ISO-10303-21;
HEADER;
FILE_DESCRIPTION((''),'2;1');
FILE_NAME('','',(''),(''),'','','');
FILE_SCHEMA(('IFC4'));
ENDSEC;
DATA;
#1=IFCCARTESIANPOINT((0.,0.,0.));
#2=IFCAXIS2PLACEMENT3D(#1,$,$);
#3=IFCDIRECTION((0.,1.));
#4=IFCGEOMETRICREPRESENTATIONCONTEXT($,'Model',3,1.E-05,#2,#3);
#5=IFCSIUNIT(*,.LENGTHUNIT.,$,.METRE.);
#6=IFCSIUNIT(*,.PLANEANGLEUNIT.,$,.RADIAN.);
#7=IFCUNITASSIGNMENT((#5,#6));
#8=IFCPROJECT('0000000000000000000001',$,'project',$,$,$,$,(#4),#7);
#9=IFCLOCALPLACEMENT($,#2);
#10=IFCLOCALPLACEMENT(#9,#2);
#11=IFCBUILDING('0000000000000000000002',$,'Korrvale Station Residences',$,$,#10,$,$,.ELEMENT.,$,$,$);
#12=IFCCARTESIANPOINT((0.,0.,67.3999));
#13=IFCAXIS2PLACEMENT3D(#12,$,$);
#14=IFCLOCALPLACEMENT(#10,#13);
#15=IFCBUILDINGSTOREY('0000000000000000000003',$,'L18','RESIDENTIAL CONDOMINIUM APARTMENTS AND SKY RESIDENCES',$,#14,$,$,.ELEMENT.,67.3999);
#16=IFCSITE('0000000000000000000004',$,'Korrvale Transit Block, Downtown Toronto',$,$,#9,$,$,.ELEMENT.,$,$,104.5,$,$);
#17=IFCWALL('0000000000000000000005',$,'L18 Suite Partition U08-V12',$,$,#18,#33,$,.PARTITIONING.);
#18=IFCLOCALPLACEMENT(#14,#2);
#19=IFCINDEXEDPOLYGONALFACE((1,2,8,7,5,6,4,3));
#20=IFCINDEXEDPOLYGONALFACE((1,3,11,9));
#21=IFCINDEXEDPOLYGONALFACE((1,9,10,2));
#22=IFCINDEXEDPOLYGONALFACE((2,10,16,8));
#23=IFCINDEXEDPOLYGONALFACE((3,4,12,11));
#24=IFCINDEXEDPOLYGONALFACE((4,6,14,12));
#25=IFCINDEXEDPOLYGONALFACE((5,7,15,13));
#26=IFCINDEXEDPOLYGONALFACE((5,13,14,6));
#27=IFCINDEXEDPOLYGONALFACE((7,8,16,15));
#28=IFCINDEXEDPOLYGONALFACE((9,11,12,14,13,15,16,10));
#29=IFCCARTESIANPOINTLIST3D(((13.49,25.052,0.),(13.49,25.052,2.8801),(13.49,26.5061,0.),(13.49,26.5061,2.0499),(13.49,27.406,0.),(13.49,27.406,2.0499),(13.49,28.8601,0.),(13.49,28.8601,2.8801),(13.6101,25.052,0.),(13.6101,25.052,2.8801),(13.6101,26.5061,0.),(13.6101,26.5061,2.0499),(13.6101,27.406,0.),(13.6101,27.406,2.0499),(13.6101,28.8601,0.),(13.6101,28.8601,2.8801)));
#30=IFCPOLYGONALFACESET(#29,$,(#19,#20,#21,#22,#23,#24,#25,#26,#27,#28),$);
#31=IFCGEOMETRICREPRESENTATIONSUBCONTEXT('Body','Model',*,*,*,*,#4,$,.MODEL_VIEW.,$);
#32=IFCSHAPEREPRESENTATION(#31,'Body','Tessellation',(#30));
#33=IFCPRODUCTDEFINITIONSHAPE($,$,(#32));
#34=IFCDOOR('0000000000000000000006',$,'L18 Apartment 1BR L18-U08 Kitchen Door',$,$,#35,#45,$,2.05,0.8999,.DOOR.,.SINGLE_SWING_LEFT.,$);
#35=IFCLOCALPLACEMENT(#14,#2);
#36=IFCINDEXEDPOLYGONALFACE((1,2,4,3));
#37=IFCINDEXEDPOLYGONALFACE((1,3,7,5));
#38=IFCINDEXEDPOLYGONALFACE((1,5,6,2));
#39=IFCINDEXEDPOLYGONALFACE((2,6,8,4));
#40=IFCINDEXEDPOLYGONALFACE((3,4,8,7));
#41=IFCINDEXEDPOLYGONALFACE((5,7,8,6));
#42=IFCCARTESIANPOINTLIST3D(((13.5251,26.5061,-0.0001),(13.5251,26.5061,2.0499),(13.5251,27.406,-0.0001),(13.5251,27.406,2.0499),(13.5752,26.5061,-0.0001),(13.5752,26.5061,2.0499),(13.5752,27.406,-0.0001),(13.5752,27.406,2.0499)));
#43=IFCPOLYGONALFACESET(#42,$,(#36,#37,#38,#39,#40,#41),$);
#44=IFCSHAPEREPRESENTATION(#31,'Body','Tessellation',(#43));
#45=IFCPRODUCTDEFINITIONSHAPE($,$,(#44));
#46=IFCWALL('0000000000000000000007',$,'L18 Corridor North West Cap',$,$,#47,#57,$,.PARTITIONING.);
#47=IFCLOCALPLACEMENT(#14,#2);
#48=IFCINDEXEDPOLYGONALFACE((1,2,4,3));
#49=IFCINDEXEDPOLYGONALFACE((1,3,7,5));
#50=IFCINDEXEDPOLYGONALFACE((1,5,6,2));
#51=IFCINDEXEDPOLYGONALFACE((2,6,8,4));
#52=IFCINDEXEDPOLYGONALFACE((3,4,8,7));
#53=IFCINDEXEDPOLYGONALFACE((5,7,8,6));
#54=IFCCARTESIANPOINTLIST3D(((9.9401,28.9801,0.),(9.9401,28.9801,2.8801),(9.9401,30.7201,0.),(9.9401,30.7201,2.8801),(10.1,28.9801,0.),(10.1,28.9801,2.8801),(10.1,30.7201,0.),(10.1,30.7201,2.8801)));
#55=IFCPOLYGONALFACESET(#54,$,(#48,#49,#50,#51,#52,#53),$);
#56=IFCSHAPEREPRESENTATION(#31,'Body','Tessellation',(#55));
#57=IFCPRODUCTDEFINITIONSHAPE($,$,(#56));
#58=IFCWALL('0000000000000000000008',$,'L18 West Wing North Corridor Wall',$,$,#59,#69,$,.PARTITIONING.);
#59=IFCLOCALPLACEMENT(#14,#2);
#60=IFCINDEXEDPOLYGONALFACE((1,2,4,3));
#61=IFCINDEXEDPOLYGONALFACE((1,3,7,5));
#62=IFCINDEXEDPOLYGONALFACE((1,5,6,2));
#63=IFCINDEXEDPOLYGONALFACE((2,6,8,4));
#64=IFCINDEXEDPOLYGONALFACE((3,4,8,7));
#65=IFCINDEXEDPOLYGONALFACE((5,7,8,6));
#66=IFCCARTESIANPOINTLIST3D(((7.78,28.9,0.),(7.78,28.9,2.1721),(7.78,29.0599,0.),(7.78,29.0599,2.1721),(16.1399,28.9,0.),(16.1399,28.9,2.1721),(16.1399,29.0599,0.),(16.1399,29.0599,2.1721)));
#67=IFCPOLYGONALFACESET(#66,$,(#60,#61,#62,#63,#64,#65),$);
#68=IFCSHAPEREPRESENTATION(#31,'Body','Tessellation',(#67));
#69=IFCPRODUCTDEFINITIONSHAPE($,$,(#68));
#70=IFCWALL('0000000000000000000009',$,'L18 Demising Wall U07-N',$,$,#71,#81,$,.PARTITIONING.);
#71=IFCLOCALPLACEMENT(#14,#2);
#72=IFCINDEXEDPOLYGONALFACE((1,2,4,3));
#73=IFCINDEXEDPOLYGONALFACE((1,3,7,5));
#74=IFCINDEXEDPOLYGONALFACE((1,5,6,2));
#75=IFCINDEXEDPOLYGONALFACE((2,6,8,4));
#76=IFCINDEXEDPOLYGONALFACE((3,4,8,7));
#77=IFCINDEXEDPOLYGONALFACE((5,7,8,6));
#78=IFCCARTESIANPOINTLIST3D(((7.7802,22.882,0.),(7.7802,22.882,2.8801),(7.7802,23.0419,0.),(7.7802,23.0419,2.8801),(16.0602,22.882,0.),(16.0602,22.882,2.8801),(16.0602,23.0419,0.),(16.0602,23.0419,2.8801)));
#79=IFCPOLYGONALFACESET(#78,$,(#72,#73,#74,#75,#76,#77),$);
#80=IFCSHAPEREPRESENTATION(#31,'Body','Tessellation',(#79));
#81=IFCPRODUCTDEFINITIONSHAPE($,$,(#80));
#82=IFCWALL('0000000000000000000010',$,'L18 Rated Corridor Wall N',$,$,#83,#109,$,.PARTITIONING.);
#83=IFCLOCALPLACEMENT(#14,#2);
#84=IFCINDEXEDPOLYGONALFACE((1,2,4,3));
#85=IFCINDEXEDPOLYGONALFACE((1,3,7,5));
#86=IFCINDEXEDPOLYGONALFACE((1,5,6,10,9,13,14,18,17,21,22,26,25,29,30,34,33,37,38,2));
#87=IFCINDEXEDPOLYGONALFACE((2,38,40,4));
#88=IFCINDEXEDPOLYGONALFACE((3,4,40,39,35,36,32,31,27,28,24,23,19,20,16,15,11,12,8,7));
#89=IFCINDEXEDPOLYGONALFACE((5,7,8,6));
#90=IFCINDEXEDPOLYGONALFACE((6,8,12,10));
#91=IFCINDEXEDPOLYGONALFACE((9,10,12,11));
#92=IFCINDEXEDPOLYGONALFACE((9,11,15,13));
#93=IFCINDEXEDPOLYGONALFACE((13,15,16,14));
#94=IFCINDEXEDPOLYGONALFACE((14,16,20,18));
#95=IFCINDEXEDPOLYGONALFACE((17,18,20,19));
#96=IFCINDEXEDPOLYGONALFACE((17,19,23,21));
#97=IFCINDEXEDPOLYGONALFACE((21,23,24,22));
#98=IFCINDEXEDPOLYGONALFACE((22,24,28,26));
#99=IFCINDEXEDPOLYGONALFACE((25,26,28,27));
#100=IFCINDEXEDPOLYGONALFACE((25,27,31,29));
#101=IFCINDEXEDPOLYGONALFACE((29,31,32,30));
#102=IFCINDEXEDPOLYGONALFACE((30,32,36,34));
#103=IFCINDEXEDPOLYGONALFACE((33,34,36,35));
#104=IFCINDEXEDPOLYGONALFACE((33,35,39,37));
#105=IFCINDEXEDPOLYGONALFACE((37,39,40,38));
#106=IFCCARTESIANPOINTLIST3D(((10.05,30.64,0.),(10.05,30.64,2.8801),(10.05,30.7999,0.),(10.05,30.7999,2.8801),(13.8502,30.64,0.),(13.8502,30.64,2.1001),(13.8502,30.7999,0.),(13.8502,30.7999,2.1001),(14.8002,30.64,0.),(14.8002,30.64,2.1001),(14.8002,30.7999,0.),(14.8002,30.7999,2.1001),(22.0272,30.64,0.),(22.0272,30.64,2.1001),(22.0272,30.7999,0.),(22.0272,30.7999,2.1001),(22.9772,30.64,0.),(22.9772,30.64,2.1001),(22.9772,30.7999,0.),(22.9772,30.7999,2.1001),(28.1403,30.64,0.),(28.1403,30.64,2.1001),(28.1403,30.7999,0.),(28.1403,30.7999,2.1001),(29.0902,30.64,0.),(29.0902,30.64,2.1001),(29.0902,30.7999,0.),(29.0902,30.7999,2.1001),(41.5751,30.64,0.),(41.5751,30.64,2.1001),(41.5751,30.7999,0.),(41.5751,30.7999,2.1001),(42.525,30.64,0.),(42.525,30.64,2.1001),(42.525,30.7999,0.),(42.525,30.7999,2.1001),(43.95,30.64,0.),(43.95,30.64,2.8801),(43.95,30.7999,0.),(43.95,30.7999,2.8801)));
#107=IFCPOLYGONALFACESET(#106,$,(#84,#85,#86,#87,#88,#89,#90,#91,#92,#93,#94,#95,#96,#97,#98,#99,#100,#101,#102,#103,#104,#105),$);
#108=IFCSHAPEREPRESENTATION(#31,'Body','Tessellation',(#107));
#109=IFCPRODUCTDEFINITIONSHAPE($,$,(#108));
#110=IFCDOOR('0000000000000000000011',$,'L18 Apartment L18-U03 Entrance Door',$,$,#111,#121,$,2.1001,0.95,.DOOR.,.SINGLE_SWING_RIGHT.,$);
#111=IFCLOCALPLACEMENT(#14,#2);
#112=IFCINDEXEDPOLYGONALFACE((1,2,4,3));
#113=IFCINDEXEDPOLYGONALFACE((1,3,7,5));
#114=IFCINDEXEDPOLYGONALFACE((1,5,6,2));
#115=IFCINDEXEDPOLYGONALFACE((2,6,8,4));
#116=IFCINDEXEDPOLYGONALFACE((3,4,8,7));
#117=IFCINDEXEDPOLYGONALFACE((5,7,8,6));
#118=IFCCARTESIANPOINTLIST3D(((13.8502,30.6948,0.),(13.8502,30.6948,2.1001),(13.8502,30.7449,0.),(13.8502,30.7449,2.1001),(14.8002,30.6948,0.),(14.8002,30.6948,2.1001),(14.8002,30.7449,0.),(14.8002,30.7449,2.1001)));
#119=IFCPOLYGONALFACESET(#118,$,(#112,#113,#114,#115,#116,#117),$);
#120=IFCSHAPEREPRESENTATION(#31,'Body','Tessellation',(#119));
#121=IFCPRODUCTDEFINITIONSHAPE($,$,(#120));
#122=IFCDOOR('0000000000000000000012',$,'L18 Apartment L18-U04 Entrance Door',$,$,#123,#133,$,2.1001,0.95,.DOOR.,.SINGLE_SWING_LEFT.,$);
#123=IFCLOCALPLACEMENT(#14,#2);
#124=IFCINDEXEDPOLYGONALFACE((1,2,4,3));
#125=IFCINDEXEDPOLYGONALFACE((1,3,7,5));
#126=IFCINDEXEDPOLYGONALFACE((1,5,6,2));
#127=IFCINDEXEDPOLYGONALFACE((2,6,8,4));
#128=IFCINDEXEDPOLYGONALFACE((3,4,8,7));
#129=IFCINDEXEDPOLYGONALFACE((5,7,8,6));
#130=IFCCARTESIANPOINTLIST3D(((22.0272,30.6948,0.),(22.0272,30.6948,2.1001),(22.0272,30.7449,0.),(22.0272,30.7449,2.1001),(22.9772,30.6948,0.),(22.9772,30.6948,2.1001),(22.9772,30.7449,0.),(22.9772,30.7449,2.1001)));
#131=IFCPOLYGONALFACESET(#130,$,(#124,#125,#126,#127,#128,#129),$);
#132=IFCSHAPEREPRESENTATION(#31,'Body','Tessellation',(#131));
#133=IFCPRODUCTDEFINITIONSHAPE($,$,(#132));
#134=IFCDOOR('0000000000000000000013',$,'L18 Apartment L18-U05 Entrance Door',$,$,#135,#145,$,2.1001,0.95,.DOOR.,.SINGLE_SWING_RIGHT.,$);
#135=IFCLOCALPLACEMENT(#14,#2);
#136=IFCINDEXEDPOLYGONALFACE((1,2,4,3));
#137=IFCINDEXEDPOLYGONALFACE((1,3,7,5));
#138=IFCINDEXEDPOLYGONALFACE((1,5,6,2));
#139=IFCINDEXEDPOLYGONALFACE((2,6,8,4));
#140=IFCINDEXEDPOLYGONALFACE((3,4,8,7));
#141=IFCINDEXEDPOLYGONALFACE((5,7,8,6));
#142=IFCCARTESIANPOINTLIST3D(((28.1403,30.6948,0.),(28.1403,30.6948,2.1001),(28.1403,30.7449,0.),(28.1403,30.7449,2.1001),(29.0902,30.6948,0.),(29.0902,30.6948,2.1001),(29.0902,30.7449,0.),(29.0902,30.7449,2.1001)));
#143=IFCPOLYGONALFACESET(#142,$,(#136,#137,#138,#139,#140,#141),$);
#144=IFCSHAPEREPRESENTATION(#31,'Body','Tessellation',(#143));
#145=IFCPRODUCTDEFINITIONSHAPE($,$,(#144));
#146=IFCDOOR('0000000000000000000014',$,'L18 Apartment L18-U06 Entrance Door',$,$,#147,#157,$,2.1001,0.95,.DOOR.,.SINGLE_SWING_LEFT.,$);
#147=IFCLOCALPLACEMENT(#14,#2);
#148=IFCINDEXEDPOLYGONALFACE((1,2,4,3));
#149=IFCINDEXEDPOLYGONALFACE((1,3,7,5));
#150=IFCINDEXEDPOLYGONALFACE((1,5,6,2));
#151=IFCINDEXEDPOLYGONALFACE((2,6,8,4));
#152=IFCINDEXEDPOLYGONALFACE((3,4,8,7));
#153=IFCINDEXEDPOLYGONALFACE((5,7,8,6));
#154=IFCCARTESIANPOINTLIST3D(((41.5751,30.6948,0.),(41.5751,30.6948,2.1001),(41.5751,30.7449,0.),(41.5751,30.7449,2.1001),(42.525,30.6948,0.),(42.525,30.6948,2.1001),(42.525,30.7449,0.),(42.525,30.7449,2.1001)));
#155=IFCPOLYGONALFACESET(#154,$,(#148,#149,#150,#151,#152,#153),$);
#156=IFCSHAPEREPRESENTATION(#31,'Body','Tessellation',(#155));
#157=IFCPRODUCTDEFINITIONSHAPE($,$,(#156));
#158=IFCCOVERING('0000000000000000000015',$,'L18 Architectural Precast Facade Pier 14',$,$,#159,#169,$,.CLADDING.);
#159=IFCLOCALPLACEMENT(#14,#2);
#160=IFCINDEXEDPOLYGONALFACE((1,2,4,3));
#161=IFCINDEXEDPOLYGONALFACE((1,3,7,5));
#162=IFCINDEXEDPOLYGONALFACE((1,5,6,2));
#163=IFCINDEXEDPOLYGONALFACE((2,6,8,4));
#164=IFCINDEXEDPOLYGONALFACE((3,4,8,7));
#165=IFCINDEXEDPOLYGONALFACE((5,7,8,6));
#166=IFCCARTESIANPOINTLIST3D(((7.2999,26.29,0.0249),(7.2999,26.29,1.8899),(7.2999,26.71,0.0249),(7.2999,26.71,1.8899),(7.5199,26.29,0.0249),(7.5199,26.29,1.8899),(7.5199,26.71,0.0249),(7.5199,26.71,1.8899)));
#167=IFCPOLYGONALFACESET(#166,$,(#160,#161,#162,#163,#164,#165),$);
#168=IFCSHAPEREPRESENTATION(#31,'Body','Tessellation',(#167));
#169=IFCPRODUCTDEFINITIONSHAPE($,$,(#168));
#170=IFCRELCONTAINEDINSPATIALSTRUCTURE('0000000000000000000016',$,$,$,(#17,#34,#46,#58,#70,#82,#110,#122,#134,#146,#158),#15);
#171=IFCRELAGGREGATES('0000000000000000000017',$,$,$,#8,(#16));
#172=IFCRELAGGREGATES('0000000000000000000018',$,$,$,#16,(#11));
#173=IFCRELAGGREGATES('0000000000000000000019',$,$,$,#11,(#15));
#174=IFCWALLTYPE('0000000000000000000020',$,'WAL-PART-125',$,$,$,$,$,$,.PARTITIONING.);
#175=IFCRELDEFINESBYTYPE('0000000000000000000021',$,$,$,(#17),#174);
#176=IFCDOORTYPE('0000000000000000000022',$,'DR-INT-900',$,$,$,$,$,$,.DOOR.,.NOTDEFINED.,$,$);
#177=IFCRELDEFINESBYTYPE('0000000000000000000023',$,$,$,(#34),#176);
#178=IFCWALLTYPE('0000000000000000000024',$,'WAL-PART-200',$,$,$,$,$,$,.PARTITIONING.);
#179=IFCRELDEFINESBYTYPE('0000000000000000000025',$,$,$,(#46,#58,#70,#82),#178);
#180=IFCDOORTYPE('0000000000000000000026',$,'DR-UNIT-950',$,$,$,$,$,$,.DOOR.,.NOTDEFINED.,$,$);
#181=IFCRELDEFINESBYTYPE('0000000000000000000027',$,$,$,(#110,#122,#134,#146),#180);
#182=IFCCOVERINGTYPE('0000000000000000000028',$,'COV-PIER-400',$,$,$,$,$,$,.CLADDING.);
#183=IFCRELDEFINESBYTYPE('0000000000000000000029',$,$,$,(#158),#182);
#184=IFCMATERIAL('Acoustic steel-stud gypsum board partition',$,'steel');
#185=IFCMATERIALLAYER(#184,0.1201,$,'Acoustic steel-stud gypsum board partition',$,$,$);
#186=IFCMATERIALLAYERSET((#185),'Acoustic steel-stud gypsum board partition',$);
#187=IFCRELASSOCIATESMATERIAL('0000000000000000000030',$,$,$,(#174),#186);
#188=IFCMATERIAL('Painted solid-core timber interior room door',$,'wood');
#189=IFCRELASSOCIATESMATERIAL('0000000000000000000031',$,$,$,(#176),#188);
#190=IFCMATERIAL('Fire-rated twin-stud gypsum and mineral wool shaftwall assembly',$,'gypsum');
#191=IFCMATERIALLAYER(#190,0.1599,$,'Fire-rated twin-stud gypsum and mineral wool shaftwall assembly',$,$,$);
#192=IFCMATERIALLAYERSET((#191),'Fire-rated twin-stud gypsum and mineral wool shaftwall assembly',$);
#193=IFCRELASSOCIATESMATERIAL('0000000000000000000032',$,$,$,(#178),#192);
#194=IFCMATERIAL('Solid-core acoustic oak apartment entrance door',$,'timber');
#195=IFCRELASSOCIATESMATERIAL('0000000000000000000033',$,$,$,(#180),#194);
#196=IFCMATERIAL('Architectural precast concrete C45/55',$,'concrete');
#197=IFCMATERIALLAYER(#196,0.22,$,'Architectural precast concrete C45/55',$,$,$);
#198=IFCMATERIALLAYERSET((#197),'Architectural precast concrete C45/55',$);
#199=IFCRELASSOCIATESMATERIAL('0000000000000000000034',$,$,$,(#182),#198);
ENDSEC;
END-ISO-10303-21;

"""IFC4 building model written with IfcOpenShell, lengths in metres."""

from ifc_helpers import new_model, si_unit, direction, frame, frame_2d, origin, origin_2d, place, context, subcontext, project, spatial, rectangle, extrude, material, layer, layer_set, type_object, element, fill, save


model = new_model("IFC4")

# Units and contexts
model_context = context("Model", 3, precision=1e-05, world=origin(), true_north=direction((0.0, 1.0)))
body_context = subcontext(model_context, "Body", "Model", "MODEL_VIEW")
ifc_project = project(units=[si_unit("LENGTHUNIT", "METRE"), si_unit("PLANEANGLEUNIT", "RADIAN")], contexts=[model_context])

# Site, building, storey
site_placement = place(None, origin())
site = spatial("IfcSite", under=ifc_project, at=site_placement, Name="Korrvale Transit Block, Downtown Toronto", CompositionType="ELEMENT", RefElevation=104.5)
building_placement = place(site_placement, origin())
building = spatial("IfcBuilding", under=site, at=building_placement, Name="Korrvale Station Residences", CompositionType="ELEMENT")
storey_placement = place(building_placement, frame((0.0, 0.0, 67.3999)))
storey = spatial("IfcBuildingStorey", under=building, at=storey_placement, Name="L18", Description="RESIDENTIAL CONDOMINIUM APARTMENTS AND SKY RESIDENCES", CompositionType="ELEMENT", Elevation=67.3999)

# Shared definitions
ifc_material_1 = material(Name="Acoustic steel-stud gypsum board partition", Category="steel")
ifc_layer_1 = layer(ifc_material_1, 0.1201, Name="Acoustic steel-stud gypsum board partition")
ifc_layer_set_1 = layer_set([ifc_layer_1], Name="Acoustic steel-stud gypsum board partition")
wall_type_1 = type_object("IfcWallType", Name="WAL-PART-125", PredefinedType="PARTITIONING", material=ifc_layer_set_1)
ifc_material_2 = material(Name="Painted solid-core timber interior room door", Category="wood")
door_type_1 = type_object("IfcDoorType", Name="DR-INT-900", OperationType="NOTDEFINED", PredefinedType="DOOR", material=ifc_material_2)

# Wall, opening, door
wall_1_placement = place(storey_placement, frame((13.55, 25.052, 0.0), z_axis=(0.0, 0.0, 1.0), x_axis=(0.0, 1.0, 0.0)))
wall_1 = element("IfcWall", 1, at=wall_1_placement, inside=storey, type_object=wall_type_1, Name="L18 Suite Partition U08-V12", PredefinedType="PARTITIONING", context=body_context, shape_type="SweptSolid", body=[
    extrude(rectangle(XDim=3.8081, YDim=0.1201, at=frame_2d((1.9041, 0.0))), origin(), (0.0, 0.0, 1.0), 2.8801),
])
opening_1_placement = place(wall_1_placement, frame((1.4541, 0.0, 0.0)))
opening_1 = element("IfcOpeningElement", 2, at=opening_1_placement, cuts=wall_1, PredefinedType="OPENING", context=body_context, shape_type="SweptSolid", body=[
    extrude(rectangle(XDim=0.8999, YDim=2.05, at=frame_2d((0.45, 1.0249))), frame((0.0, 0.0701, 0.0), z_axis=(0.0, -1.0, 0.0), x_axis=(1.0, 0.0, 0.0)), (0.0, 0.0, 1.0), 0.1401),
])
door_1_placement = place(opening_1_placement, origin())
door_1 = element("IfcDoor", 3, at=door_1_placement, inside=storey, type_object=door_type_1, Name="L18 Apartment 1BR L18-U08 Kitchen Door", OperationType="SINGLE_SWING_LEFT", OverallHeight=2.05, OverallWidth=0.8999, PredefinedType="DOOR", context=body_context, shape_type="SweptSolid", body=[
    extrude(rectangle(XDim=0.8999, YDim=2.05, at=frame_2d((0.45, 1.0249))), frame((0.0, 0.0249, 0.0), z_axis=(0.0, -1.0, 0.0), x_axis=(1.0, 0.0, 0.0)), (0.0, 0.0, 1.0), 0.05),
])
fill(opening_1, door_1)

# Walls
ifc_material_3 = material(Name="Fire-rated twin-stud gypsum and mineral wool shaftwall assembly", Category="gypsum")
ifc_layer_2 = layer(ifc_material_3, 0.1599, Name="Fire-rated twin-stud gypsum and mineral wool shaftwall assembly")
ifc_layer_set_2 = layer_set([ifc_layer_2], Name="Fire-rated twin-stud gypsum and mineral wool shaftwall assembly")
wall_type_2 = type_object("IfcWallType", Name="WAL-PART-200", PredefinedType="PARTITIONING", material=ifc_layer_set_2)
wall_2_placement = place(storey_placement, frame((10.02, 28.98, 0.0), z_axis=(0.0, 0.0, 1.0), x_axis=(0.0, 1.0, 0.0)))
element("IfcWall", 4, at=wall_2_placement, inside=storey, type_object=wall_type_2, Name="L18 Corridor North West Cap", PredefinedType="PARTITIONING", context=body_context, shape_type="SweptSolid", body=[
    extrude(rectangle(XDim=1.74, YDim=0.1599, at=frame_2d((0.8701, 0.0))), origin(), (0.0, 0.0, 1.0), 2.8801),
])
wall_3_placement = place(storey_placement, frame((7.78, 28.98, 0.0), z_axis=(0.0, 0.0, 1.0), x_axis=(1.0, 0.0, 0.0)))
element("IfcWall", 5, at=wall_3_placement, inside=storey, type_object=wall_type_2, Name="L18 West Wing North Corridor Wall", PredefinedType="PARTITIONING", context=body_context, shape_type="SweptSolid", body=[
    extrude(rectangle(XDim=8.3599, YDim=0.1599, at=frame_2d((4.1799, 0.0))), origin(), (0.0, 0.0, 1.0), 2.1721),
])
wall_4_placement = place(storey_placement, frame((7.78, 22.9619, 0.0), z_axis=(0.0, 0.0, 1.0), x_axis=(1.0, 0.0, 0.0)))
element("IfcWall", 6, at=wall_4_placement, inside=storey, type_object=wall_type_2, Name="L18 Demising Wall U07-N", PredefinedType="PARTITIONING", context=body_context, shape_type="SweptSolid", body=[
    extrude(rectangle(XDim=8.28, YDim=0.1599, at=frame_2d((4.1401, 0.0))), origin(), (0.0, 0.0, 1.0), 2.8801),
])

# Wall, openings, doors
wall_5_placement = place(storey_placement, frame((10.05, 30.72, 0.0), z_axis=(0.0, 0.0, 1.0), x_axis=(1.0, 0.0, 0.0)))
wall_5 = element("IfcWall", 7, at=wall_5_placement, inside=storey, type_object=wall_type_2, Name="L18 Rated Corridor Wall N", PredefinedType="PARTITIONING", context=body_context, shape_type="SweptSolid", body=[
    extrude(rectangle(XDim=33.8999, YDim=0.1599, at=frame_2d((16.95, 0.0))), origin(), (0.0, 0.0, 1.0), 2.8801),
])
opening_2_placement = place(wall_5_placement, frame((3.8, 0.0, 0.0)))
opening_2 = element("IfcOpeningElement", 8, at=opening_2_placement, cuts=wall_5, PredefinedType="OPENING", context=body_context, shape_type="SweptSolid", body=[
    extrude(rectangle(XDim=0.95, YDim=2.1001, at=frame_2d((0.4751, 1.05))), frame((0.0, 0.0898, 0.0), z_axis=(0.0, -1.0, 0.0), x_axis=(1.0, 0.0, 0.0)), (0.0, 0.0, 1.0), 0.1799),
])
opening_3_placement = place(wall_5_placement, frame((11.9771, 0.0, 0.0)))
opening_3 = element("IfcOpeningElement", 9, at=opening_3_placement, cuts=wall_5, PredefinedType="OPENING", context=body_context, shape_type="SweptSolid", body=[
    extrude(rectangle(XDim=0.95, YDim=2.1001, at=frame_2d((0.4751, 1.05))), frame((0.0, 0.0898, 0.0), z_axis=(0.0, -1.0, 0.0), x_axis=(1.0, 0.0, 0.0)), (0.0, 0.0, 1.0), 0.1799),
])
opening_4_placement = place(wall_5_placement, frame((18.0901, 0.0, 0.0)))
opening_4 = element("IfcOpeningElement", 10, at=opening_4_placement, cuts=wall_5, PredefinedType="OPENING", context=body_context, shape_type="SweptSolid", body=[
    extrude(rectangle(XDim=0.95, YDim=2.1001, at=frame_2d((0.4751, 1.05))), frame((0.0, 0.0898, 0.0), z_axis=(0.0, -1.0, 0.0), x_axis=(1.0, 0.0, 0.0)), (0.0, 0.0, 1.0), 0.1799),
])
opening_5_placement = place(wall_5_placement, frame((31.5249, 0.0, 0.0)))
opening_5 = element("IfcOpeningElement", 11, at=opening_5_placement, cuts=wall_5, PredefinedType="OPENING", context=body_context, shape_type="SweptSolid", body=[
    extrude(rectangle(XDim=0.95, YDim=2.1001, at=frame_2d((0.4751, 1.05))), frame((0.0, 0.0898, 0.0), z_axis=(0.0, -1.0, 0.0), x_axis=(1.0, 0.0, 0.0)), (0.0, 0.0, 1.0), 0.1799),
])
ifc_material_4 = material(Name="Solid-core acoustic oak apartment entrance door", Category="timber")
door_type_2 = type_object("IfcDoorType", Name="DR-UNIT-950", OperationType="NOTDEFINED", PredefinedType="DOOR", material=ifc_material_4)
door_2_placement = place(opening_2_placement, origin())
door_2 = element("IfcDoor", 12, at=door_2_placement, inside=storey, type_object=door_type_2, Name="L18 Apartment L18-U03 Entrance Door", OperationType="SINGLE_SWING_RIGHT", OverallHeight=2.1001, OverallWidth=0.95, PredefinedType="DOOR", context=body_context, shape_type="SweptSolid", body=[
    extrude(rectangle(XDim=0.95, YDim=2.1001, at=frame_2d((0.4751, 1.05))), frame((0.0, 0.0249, 0.0), z_axis=(0.0, -1.0, 0.0), x_axis=(1.0, 0.0, 0.0)), (0.0, 0.0, 1.0), 0.05),
])
fill(opening_2, door_2)
door_3_placement = place(opening_3_placement, origin())
door_3 = element("IfcDoor", 13, at=door_3_placement, inside=storey, type_object=door_type_2, Name="L18 Apartment L18-U04 Entrance Door", OperationType="SINGLE_SWING_LEFT", OverallHeight=2.1001, OverallWidth=0.95, PredefinedType="DOOR", context=body_context, shape_type="SweptSolid", body=[
    extrude(rectangle(XDim=0.95, YDim=2.1001, at=frame_2d((0.4751, 1.05))), frame((0.0, 0.0249, 0.0), z_axis=(0.0, -1.0, 0.0), x_axis=(1.0, 0.0, 0.0)), (0.0, 0.0, 1.0), 0.05),
])
fill(opening_3, door_3)
door_4_placement = place(opening_4_placement, origin())
door_4 = element("IfcDoor", 14, at=door_4_placement, inside=storey, type_object=door_type_2, Name="L18 Apartment L18-U05 Entrance Door", OperationType="SINGLE_SWING_RIGHT", OverallHeight=2.1001, OverallWidth=0.95, PredefinedType="DOOR", context=body_context, shape_type="SweptSolid", body=[
    extrude(rectangle(XDim=0.95, YDim=2.1001, at=frame_2d((0.4751, 1.05))), frame((0.0, 0.0249, 0.0), z_axis=(0.0, -1.0, 0.0), x_axis=(1.0, 0.0, 0.0)), (0.0, 0.0, 1.0), 0.05),
])
fill(opening_4, door_4)
door_5_placement = place(opening_5_placement, origin())
door_5 = element("IfcDoor", 15, at=door_5_placement, inside=storey, type_object=door_type_2, Name="L18 Apartment L18-U06 Entrance Door", OperationType="SINGLE_SWING_LEFT", OverallHeight=2.1001, OverallWidth=0.95, PredefinedType="DOOR", context=body_context, shape_type="SweptSolid", body=[
    extrude(rectangle(XDim=0.95, YDim=2.1001, at=frame_2d((0.4751, 1.05))), frame((0.0, 0.0249, 0.0), z_axis=(0.0, -1.0, 0.0), x_axis=(1.0, 0.0, 0.0)), (0.0, 0.0, 1.0), 0.05),
])
fill(opening_5, door_5)

# Covering
ifc_material_5 = material(Name="Architectural precast concrete C45/55", Category="concrete")
ifc_layer_3 = layer(ifc_material_5, 0.22, Name="Architectural precast concrete C45/55")
ifc_layer_set_3 = layer_set([ifc_layer_3], Name="Architectural precast concrete C45/55")
covering_type = type_object("IfcCoveringType", Name="COV-PIER-400", PredefinedType="CLADDING", material=ifc_layer_set_3)
covering_placement = place(storey_placement, frame((7.4099, 26.5, 0.0249), z_axis=(0.0, 0.0, 1.0), x_axis=(0.0, 1.0, 0.0)))
element("IfcCovering", 16, at=covering_placement, inside=storey, type_object=covering_type, Name="L18 Architectural Precast Facade Pier 14", PredefinedType="CLADDING", context=body_context, shape_type="SweptSolid", body=[
    extrude(rectangle(XDim=0.4199, YDim=0.22, at=origin_2d()), origin(), (0.0, 0.0, 1.0), 1.865),
])

save(model, "model.ifc")
